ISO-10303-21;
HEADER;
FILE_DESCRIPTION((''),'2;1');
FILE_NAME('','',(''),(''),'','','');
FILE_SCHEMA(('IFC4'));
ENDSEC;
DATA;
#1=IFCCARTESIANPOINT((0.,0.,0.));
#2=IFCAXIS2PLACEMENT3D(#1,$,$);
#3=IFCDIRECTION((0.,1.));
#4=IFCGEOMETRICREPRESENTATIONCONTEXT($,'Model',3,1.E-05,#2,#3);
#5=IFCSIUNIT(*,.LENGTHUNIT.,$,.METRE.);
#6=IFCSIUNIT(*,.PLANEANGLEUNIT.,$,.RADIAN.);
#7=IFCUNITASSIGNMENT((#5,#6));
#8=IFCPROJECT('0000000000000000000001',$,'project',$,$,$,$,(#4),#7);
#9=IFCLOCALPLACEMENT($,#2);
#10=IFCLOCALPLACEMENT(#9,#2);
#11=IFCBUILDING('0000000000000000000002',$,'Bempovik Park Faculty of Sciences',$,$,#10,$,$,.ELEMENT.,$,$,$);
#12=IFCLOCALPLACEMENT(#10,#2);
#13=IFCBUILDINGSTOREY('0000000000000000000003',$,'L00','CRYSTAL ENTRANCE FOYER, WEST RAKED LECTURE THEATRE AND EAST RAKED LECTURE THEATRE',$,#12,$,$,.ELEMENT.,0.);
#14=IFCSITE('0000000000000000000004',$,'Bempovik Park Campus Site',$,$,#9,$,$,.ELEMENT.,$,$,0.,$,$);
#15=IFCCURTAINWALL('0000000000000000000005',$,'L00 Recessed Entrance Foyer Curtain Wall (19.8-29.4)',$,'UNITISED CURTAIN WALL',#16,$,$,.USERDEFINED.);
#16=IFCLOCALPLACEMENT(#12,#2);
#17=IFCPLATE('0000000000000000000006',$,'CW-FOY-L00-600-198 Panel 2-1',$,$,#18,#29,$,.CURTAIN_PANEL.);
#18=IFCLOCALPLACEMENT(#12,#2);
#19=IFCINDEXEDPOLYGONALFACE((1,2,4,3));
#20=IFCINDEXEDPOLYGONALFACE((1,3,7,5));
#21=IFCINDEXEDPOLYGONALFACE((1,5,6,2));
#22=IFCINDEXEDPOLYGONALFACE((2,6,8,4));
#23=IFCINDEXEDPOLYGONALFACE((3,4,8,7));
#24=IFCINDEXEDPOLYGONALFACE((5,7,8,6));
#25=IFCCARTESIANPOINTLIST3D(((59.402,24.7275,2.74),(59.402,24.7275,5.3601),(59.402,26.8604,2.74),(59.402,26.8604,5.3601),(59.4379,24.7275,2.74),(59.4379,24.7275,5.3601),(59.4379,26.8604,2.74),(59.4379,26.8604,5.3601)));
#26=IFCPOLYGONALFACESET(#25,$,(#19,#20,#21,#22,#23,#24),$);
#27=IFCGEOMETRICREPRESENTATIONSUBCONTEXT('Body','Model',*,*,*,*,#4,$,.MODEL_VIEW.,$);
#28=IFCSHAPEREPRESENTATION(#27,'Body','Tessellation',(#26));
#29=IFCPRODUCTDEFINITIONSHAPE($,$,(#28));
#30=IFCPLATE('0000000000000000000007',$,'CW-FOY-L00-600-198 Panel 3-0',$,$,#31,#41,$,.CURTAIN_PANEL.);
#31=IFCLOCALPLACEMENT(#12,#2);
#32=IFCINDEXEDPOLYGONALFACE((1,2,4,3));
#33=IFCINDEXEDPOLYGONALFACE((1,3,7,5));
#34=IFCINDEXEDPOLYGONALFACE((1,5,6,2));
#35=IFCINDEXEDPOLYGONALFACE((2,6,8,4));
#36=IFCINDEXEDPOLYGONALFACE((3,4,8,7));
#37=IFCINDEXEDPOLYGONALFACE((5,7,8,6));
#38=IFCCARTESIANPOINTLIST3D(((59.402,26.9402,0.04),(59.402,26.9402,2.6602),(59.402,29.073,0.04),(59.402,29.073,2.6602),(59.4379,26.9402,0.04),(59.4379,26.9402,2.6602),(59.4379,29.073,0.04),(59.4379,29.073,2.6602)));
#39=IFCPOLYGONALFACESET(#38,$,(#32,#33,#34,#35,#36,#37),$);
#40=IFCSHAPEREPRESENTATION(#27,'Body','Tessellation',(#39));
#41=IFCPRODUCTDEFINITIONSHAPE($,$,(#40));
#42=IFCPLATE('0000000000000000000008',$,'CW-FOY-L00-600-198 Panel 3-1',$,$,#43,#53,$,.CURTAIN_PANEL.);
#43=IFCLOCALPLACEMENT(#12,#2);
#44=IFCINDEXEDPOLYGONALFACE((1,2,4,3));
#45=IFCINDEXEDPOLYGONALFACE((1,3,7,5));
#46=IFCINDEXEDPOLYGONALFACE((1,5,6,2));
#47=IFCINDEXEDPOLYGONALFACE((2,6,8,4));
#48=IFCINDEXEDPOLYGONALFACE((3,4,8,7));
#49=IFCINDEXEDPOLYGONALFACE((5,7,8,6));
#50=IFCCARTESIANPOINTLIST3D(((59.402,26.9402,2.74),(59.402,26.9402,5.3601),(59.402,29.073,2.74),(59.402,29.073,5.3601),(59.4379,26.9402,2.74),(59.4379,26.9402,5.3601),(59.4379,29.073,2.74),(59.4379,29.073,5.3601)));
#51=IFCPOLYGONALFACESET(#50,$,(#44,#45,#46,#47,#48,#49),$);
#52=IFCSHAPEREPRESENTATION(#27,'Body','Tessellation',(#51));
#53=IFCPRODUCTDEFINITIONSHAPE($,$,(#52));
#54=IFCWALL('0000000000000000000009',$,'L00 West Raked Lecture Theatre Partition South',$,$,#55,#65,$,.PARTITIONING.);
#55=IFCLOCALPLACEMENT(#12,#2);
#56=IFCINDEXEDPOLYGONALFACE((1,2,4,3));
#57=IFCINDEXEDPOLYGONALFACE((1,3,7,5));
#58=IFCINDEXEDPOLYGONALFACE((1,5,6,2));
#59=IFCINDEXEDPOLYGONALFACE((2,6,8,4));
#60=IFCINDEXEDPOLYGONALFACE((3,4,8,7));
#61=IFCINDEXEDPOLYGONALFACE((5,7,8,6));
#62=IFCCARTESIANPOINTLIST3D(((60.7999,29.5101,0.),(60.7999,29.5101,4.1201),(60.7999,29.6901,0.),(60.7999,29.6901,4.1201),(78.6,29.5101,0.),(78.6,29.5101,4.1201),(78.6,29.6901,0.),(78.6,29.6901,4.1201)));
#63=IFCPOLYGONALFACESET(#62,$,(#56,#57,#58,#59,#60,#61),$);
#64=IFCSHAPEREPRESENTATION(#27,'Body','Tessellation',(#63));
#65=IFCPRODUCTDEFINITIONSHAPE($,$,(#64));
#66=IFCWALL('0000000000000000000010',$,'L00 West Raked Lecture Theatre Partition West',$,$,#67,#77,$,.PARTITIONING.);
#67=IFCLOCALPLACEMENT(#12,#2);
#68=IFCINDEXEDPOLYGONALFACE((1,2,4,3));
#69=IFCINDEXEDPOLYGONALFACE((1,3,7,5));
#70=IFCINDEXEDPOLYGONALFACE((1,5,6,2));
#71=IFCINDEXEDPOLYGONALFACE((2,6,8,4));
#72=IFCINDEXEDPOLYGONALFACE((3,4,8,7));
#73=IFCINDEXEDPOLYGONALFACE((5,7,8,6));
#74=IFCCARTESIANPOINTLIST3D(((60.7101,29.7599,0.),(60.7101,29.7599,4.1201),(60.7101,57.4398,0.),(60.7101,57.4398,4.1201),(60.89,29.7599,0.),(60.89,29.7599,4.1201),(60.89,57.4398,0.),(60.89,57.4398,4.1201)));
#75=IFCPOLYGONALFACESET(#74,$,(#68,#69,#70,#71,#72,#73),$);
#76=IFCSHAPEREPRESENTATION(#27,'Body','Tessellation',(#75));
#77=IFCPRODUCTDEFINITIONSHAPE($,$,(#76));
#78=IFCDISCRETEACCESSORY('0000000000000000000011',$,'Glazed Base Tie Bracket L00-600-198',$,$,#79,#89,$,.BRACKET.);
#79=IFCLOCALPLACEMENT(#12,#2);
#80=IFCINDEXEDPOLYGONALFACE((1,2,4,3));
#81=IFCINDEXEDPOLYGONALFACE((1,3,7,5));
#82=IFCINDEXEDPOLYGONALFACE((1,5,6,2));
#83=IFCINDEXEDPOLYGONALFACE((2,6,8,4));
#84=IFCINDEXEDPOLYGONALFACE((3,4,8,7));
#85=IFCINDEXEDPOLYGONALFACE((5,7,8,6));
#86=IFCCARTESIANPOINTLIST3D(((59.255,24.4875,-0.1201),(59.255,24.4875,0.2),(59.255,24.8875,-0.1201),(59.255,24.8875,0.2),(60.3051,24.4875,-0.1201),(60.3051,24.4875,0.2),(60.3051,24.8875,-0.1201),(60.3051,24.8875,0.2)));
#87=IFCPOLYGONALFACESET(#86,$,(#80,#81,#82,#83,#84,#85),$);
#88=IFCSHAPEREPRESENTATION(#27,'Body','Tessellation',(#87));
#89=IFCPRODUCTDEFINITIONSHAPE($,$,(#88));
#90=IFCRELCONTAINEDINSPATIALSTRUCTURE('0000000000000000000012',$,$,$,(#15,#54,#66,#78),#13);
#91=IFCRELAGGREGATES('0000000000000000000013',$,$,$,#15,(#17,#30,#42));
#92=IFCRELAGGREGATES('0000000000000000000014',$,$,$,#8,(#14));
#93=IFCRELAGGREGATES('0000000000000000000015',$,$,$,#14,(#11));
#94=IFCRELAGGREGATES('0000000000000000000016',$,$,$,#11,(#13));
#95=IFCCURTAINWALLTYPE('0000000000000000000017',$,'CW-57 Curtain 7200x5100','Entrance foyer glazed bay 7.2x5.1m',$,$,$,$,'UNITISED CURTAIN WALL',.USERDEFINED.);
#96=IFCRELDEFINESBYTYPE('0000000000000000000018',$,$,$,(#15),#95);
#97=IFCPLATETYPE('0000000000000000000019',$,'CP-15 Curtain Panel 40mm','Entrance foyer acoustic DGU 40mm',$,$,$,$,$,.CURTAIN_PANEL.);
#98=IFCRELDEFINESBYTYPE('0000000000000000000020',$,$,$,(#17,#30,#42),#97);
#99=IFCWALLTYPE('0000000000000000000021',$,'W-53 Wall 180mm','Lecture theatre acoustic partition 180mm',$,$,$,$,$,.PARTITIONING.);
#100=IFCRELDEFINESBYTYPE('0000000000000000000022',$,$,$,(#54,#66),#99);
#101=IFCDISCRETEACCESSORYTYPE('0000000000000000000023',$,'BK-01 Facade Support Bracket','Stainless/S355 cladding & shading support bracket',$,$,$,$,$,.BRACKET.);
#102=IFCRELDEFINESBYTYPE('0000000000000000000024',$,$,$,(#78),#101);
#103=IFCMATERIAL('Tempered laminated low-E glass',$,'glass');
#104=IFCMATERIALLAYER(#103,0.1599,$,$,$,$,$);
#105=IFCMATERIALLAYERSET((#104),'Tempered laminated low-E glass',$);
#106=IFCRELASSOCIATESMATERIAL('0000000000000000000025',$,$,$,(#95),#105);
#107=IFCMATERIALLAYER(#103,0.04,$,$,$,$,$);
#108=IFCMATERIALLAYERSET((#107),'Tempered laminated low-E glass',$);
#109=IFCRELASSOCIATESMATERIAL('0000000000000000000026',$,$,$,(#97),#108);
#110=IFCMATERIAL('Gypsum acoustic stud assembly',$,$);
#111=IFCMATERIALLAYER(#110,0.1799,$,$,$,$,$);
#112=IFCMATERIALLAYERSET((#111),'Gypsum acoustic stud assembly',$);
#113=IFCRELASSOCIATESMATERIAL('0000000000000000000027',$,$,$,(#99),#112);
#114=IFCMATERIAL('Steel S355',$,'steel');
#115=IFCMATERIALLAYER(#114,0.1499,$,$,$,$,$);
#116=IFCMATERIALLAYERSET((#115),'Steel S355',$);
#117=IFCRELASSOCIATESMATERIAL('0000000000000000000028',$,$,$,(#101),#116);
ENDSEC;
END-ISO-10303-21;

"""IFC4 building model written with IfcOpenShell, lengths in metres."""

from ifc_helpers import new_model, si_unit, direction, frame, frame_2d, origin, origin_2d, place, context, subcontext, project, spatial, rectangle, extrude, material, layer, layer_set, type_object, element, aggregate, save


model = new_model("IFC4")

# Units and contexts
model_context = context("Model", 3, precision=1e-05, world=origin(), true_north=direction((0.0, 1.0)))
body_context = subcontext(model_context, "Body", "Model", "MODEL_VIEW")
ifc_project = project(units=[si_unit("LENGTHUNIT", "METRE"), si_unit("PLANEANGLEUNIT", "RADIAN")], contexts=[model_context])

# Site, building, storey
site_placement = place(None, origin())
site = spatial("IfcSite", under=ifc_project, at=site_placement, Name="Bempovik Park Campus Site", CompositionType="ELEMENT", RefElevation=0.0)
building_placement = place(site_placement, origin())
building = spatial("IfcBuilding", under=site, at=building_placement, Name="Bempovik Park Faculty of Sciences", CompositionType="ELEMENT")
storey_placement = place(building_placement, origin())
storey = spatial("IfcBuildingStorey", under=building, at=storey_placement, Name="L00", Description="CRYSTAL ENTRANCE FOYER, WEST RAKED LECTURE THEATRE AND EAST RAKED LECTURE THEATRE", CompositionType="ELEMENT", Elevation=0.0)

# Curtain wall
ifc_material_1 = material(Name="Tempered laminated low-E glass", Category="glass")
ifc_layer_1 = layer(ifc_material_1, 0.1599)
ifc_layer_set_1 = layer_set([ifc_layer_1], Name="Tempered laminated low-E glass")
curtain_wall_type = type_object("IfcCurtainWallType", Name="CW-57 Curtain 7200x5100", Description="Entrance foyer glazed bay 7.2x5.1m", ElementType="UNITISED CURTAIN WALL", PredefinedType="USERDEFINED", material=ifc_layer_set_1)
curtain_wall_1_placement = place(storey_placement, origin())
curtain_wall_1 = element("IfcCurtainWall", 1, at=curtain_wall_1_placement, inside=storey, type_object=curtain_wall_type, Name="L00 Recessed Entrance Foyer Curtain Wall (19.8-29.4)", ObjectType="UNITISED CURTAIN WALL", PredefinedType="USERDEFINED")

# Plates
ifc_layer_2 = layer(ifc_material_1, 0.04)
ifc_layer_set_2 = layer_set([ifc_layer_2], Name="Tempered laminated low-E glass")
plate_type = type_object("IfcPlateType", Name="CP-15 Curtain Panel 40mm", Description="Entrance foyer acoustic DGU 40mm", PredefinedType="CURTAIN_PANEL", material=ifc_layer_set_2)
plate_1_placement = place(storey_placement, frame((59.4199, 25.7939, 2.74), z_axis=(0.0, 0.0, 1.0), x_axis=(0.0, 1.0, 0.0)))
plate_1 = element("IfcPlate", 2, at=plate_1_placement, type_object=plate_type, Name="CW-FOY-L00-600-198 Panel 2-1", PredefinedType="CURTAIN_PANEL", context=body_context, shape_type="SweptSolid", body=[
    extrude(rectangle(XDim=2.1328, YDim=0.0359, at=origin_2d()), origin(), (0.0, 0.0, 1.0), 2.6201),
])
plate_2_placement = place(storey_placement, frame((59.4199, 28.0066, 0.04), z_axis=(0.0, 0.0, 1.0), x_axis=(0.0, 1.0, 0.0)))
plate_2 = element("IfcPlate", 3, at=plate_2_placement, type_object=plate_type, Name="CW-FOY-L00-600-198 Panel 3-0", PredefinedType="CURTAIN_PANEL", context=body_context, shape_type="SweptSolid", body=[
    extrude(rectangle(XDim=2.1328, YDim=0.0359, at=origin_2d()), origin(), (0.0, 0.0, 1.0), 2.6201),
])
plate_3_placement = place(storey_placement, frame((59.4199, 28.0066, 2.74), z_axis=(0.0, 0.0, 1.0), x_axis=(0.0, 1.0, 0.0)))
plate_3 = element("IfcPlate", 4, at=plate_3_placement, type_object=plate_type, Name="CW-FOY-L00-600-198 Panel 3-1", PredefinedType="CURTAIN_PANEL", context=body_context, shape_type="SweptSolid", body=[
    extrude(rectangle(XDim=2.1328, YDim=0.0359, at=origin_2d()), origin(), (0.0, 0.0, 1.0), 2.6201),
])
aggregate(curtain_wall_1, [plate_1, plate_2, plate_3])

# Walls
ifc_material_2 = material(Name="Gypsum acoustic stud assembly")
ifc_layer_3 = layer(ifc_material_2, 0.1799)
ifc_layer_set_3 = layer_set([ifc_layer_3], Name="Gypsum acoustic stud assembly")
wall_type = type_object("IfcWallType", Name="W-53 Wall 180mm", Description="Lecture theatre acoustic partition 180mm", PredefinedType="PARTITIONING", material=ifc_layer_set_3)
wall_1_placement = place(storey_placement, frame((60.8, 29.6001, 0.0), z_axis=(0.0, 0.0, 1.0), x_axis=(1.0, 0.0, 0.0)))
element("IfcWall", 5, at=wall_1_placement, inside=storey, type_object=wall_type, Name="L00 West Raked Lecture Theatre Partition South", PredefinedType="PARTITIONING", context=body_context, shape_type="SweptSolid", body=[
    extrude(rectangle(XDim=17.8, YDim=0.1799, at=frame_2d((8.8999, 0.0))), origin(), (0.0, 0.0, 1.0), 4.1201),
])
wall_2_placement = place(storey_placement, frame((60.8, 29.76, 0.0), z_axis=(0.0, 0.0, 1.0), x_axis=(0.0, 1.0, 0.0)))
element("IfcWall", 6, at=wall_2_placement, inside=storey, type_object=wall_type, Name="L00 West Raked Lecture Theatre Partition West", PredefinedType="PARTITIONING", context=body_context, shape_type="SweptSolid", body=[
    extrude(rectangle(XDim=27.6799, YDim=0.1799, at=frame_2d((13.8398, 0.0))), origin(), (0.0, 0.0, 1.0), 4.1201),
])

# Discrete accessory
ifc_material_3 = material(Name="Steel S355", Category="steel")
ifc_layer_4 = layer(ifc_material_3, 0.1499)
ifc_layer_set_4 = layer_set([ifc_layer_4], Name="Steel S355")
discrete_accessory_type = type_object("IfcDiscreteAccessoryType", Name="BK-01 Facade Support Bracket", Description="Stainless/S355 cladding & shading support bracket", PredefinedType="BRACKET", material=ifc_layer_set_4)
discrete_accessory_placement = place(storey_placement, frame((59.78, 24.6875, -0.1201), z_axis=(0.0, 0.0, 1.0), x_axis=(1.0, 0.0, 0.0)))
element("IfcDiscreteAccessory", 7, at=discrete_accessory_placement, inside=storey, type_object=discrete_accessory_type, Name="Glazed Base Tie Bracket L00-600-198", PredefinedType="BRACKET", context=body_context, shape_type="SweptSolid", body=[
    extrude(rectangle(XDim=1.05, YDim=0.3999, at=origin_2d()), origin(), (0.0, 0.0, 1.0), 0.3201),
])

save(model, "model.ifc")
